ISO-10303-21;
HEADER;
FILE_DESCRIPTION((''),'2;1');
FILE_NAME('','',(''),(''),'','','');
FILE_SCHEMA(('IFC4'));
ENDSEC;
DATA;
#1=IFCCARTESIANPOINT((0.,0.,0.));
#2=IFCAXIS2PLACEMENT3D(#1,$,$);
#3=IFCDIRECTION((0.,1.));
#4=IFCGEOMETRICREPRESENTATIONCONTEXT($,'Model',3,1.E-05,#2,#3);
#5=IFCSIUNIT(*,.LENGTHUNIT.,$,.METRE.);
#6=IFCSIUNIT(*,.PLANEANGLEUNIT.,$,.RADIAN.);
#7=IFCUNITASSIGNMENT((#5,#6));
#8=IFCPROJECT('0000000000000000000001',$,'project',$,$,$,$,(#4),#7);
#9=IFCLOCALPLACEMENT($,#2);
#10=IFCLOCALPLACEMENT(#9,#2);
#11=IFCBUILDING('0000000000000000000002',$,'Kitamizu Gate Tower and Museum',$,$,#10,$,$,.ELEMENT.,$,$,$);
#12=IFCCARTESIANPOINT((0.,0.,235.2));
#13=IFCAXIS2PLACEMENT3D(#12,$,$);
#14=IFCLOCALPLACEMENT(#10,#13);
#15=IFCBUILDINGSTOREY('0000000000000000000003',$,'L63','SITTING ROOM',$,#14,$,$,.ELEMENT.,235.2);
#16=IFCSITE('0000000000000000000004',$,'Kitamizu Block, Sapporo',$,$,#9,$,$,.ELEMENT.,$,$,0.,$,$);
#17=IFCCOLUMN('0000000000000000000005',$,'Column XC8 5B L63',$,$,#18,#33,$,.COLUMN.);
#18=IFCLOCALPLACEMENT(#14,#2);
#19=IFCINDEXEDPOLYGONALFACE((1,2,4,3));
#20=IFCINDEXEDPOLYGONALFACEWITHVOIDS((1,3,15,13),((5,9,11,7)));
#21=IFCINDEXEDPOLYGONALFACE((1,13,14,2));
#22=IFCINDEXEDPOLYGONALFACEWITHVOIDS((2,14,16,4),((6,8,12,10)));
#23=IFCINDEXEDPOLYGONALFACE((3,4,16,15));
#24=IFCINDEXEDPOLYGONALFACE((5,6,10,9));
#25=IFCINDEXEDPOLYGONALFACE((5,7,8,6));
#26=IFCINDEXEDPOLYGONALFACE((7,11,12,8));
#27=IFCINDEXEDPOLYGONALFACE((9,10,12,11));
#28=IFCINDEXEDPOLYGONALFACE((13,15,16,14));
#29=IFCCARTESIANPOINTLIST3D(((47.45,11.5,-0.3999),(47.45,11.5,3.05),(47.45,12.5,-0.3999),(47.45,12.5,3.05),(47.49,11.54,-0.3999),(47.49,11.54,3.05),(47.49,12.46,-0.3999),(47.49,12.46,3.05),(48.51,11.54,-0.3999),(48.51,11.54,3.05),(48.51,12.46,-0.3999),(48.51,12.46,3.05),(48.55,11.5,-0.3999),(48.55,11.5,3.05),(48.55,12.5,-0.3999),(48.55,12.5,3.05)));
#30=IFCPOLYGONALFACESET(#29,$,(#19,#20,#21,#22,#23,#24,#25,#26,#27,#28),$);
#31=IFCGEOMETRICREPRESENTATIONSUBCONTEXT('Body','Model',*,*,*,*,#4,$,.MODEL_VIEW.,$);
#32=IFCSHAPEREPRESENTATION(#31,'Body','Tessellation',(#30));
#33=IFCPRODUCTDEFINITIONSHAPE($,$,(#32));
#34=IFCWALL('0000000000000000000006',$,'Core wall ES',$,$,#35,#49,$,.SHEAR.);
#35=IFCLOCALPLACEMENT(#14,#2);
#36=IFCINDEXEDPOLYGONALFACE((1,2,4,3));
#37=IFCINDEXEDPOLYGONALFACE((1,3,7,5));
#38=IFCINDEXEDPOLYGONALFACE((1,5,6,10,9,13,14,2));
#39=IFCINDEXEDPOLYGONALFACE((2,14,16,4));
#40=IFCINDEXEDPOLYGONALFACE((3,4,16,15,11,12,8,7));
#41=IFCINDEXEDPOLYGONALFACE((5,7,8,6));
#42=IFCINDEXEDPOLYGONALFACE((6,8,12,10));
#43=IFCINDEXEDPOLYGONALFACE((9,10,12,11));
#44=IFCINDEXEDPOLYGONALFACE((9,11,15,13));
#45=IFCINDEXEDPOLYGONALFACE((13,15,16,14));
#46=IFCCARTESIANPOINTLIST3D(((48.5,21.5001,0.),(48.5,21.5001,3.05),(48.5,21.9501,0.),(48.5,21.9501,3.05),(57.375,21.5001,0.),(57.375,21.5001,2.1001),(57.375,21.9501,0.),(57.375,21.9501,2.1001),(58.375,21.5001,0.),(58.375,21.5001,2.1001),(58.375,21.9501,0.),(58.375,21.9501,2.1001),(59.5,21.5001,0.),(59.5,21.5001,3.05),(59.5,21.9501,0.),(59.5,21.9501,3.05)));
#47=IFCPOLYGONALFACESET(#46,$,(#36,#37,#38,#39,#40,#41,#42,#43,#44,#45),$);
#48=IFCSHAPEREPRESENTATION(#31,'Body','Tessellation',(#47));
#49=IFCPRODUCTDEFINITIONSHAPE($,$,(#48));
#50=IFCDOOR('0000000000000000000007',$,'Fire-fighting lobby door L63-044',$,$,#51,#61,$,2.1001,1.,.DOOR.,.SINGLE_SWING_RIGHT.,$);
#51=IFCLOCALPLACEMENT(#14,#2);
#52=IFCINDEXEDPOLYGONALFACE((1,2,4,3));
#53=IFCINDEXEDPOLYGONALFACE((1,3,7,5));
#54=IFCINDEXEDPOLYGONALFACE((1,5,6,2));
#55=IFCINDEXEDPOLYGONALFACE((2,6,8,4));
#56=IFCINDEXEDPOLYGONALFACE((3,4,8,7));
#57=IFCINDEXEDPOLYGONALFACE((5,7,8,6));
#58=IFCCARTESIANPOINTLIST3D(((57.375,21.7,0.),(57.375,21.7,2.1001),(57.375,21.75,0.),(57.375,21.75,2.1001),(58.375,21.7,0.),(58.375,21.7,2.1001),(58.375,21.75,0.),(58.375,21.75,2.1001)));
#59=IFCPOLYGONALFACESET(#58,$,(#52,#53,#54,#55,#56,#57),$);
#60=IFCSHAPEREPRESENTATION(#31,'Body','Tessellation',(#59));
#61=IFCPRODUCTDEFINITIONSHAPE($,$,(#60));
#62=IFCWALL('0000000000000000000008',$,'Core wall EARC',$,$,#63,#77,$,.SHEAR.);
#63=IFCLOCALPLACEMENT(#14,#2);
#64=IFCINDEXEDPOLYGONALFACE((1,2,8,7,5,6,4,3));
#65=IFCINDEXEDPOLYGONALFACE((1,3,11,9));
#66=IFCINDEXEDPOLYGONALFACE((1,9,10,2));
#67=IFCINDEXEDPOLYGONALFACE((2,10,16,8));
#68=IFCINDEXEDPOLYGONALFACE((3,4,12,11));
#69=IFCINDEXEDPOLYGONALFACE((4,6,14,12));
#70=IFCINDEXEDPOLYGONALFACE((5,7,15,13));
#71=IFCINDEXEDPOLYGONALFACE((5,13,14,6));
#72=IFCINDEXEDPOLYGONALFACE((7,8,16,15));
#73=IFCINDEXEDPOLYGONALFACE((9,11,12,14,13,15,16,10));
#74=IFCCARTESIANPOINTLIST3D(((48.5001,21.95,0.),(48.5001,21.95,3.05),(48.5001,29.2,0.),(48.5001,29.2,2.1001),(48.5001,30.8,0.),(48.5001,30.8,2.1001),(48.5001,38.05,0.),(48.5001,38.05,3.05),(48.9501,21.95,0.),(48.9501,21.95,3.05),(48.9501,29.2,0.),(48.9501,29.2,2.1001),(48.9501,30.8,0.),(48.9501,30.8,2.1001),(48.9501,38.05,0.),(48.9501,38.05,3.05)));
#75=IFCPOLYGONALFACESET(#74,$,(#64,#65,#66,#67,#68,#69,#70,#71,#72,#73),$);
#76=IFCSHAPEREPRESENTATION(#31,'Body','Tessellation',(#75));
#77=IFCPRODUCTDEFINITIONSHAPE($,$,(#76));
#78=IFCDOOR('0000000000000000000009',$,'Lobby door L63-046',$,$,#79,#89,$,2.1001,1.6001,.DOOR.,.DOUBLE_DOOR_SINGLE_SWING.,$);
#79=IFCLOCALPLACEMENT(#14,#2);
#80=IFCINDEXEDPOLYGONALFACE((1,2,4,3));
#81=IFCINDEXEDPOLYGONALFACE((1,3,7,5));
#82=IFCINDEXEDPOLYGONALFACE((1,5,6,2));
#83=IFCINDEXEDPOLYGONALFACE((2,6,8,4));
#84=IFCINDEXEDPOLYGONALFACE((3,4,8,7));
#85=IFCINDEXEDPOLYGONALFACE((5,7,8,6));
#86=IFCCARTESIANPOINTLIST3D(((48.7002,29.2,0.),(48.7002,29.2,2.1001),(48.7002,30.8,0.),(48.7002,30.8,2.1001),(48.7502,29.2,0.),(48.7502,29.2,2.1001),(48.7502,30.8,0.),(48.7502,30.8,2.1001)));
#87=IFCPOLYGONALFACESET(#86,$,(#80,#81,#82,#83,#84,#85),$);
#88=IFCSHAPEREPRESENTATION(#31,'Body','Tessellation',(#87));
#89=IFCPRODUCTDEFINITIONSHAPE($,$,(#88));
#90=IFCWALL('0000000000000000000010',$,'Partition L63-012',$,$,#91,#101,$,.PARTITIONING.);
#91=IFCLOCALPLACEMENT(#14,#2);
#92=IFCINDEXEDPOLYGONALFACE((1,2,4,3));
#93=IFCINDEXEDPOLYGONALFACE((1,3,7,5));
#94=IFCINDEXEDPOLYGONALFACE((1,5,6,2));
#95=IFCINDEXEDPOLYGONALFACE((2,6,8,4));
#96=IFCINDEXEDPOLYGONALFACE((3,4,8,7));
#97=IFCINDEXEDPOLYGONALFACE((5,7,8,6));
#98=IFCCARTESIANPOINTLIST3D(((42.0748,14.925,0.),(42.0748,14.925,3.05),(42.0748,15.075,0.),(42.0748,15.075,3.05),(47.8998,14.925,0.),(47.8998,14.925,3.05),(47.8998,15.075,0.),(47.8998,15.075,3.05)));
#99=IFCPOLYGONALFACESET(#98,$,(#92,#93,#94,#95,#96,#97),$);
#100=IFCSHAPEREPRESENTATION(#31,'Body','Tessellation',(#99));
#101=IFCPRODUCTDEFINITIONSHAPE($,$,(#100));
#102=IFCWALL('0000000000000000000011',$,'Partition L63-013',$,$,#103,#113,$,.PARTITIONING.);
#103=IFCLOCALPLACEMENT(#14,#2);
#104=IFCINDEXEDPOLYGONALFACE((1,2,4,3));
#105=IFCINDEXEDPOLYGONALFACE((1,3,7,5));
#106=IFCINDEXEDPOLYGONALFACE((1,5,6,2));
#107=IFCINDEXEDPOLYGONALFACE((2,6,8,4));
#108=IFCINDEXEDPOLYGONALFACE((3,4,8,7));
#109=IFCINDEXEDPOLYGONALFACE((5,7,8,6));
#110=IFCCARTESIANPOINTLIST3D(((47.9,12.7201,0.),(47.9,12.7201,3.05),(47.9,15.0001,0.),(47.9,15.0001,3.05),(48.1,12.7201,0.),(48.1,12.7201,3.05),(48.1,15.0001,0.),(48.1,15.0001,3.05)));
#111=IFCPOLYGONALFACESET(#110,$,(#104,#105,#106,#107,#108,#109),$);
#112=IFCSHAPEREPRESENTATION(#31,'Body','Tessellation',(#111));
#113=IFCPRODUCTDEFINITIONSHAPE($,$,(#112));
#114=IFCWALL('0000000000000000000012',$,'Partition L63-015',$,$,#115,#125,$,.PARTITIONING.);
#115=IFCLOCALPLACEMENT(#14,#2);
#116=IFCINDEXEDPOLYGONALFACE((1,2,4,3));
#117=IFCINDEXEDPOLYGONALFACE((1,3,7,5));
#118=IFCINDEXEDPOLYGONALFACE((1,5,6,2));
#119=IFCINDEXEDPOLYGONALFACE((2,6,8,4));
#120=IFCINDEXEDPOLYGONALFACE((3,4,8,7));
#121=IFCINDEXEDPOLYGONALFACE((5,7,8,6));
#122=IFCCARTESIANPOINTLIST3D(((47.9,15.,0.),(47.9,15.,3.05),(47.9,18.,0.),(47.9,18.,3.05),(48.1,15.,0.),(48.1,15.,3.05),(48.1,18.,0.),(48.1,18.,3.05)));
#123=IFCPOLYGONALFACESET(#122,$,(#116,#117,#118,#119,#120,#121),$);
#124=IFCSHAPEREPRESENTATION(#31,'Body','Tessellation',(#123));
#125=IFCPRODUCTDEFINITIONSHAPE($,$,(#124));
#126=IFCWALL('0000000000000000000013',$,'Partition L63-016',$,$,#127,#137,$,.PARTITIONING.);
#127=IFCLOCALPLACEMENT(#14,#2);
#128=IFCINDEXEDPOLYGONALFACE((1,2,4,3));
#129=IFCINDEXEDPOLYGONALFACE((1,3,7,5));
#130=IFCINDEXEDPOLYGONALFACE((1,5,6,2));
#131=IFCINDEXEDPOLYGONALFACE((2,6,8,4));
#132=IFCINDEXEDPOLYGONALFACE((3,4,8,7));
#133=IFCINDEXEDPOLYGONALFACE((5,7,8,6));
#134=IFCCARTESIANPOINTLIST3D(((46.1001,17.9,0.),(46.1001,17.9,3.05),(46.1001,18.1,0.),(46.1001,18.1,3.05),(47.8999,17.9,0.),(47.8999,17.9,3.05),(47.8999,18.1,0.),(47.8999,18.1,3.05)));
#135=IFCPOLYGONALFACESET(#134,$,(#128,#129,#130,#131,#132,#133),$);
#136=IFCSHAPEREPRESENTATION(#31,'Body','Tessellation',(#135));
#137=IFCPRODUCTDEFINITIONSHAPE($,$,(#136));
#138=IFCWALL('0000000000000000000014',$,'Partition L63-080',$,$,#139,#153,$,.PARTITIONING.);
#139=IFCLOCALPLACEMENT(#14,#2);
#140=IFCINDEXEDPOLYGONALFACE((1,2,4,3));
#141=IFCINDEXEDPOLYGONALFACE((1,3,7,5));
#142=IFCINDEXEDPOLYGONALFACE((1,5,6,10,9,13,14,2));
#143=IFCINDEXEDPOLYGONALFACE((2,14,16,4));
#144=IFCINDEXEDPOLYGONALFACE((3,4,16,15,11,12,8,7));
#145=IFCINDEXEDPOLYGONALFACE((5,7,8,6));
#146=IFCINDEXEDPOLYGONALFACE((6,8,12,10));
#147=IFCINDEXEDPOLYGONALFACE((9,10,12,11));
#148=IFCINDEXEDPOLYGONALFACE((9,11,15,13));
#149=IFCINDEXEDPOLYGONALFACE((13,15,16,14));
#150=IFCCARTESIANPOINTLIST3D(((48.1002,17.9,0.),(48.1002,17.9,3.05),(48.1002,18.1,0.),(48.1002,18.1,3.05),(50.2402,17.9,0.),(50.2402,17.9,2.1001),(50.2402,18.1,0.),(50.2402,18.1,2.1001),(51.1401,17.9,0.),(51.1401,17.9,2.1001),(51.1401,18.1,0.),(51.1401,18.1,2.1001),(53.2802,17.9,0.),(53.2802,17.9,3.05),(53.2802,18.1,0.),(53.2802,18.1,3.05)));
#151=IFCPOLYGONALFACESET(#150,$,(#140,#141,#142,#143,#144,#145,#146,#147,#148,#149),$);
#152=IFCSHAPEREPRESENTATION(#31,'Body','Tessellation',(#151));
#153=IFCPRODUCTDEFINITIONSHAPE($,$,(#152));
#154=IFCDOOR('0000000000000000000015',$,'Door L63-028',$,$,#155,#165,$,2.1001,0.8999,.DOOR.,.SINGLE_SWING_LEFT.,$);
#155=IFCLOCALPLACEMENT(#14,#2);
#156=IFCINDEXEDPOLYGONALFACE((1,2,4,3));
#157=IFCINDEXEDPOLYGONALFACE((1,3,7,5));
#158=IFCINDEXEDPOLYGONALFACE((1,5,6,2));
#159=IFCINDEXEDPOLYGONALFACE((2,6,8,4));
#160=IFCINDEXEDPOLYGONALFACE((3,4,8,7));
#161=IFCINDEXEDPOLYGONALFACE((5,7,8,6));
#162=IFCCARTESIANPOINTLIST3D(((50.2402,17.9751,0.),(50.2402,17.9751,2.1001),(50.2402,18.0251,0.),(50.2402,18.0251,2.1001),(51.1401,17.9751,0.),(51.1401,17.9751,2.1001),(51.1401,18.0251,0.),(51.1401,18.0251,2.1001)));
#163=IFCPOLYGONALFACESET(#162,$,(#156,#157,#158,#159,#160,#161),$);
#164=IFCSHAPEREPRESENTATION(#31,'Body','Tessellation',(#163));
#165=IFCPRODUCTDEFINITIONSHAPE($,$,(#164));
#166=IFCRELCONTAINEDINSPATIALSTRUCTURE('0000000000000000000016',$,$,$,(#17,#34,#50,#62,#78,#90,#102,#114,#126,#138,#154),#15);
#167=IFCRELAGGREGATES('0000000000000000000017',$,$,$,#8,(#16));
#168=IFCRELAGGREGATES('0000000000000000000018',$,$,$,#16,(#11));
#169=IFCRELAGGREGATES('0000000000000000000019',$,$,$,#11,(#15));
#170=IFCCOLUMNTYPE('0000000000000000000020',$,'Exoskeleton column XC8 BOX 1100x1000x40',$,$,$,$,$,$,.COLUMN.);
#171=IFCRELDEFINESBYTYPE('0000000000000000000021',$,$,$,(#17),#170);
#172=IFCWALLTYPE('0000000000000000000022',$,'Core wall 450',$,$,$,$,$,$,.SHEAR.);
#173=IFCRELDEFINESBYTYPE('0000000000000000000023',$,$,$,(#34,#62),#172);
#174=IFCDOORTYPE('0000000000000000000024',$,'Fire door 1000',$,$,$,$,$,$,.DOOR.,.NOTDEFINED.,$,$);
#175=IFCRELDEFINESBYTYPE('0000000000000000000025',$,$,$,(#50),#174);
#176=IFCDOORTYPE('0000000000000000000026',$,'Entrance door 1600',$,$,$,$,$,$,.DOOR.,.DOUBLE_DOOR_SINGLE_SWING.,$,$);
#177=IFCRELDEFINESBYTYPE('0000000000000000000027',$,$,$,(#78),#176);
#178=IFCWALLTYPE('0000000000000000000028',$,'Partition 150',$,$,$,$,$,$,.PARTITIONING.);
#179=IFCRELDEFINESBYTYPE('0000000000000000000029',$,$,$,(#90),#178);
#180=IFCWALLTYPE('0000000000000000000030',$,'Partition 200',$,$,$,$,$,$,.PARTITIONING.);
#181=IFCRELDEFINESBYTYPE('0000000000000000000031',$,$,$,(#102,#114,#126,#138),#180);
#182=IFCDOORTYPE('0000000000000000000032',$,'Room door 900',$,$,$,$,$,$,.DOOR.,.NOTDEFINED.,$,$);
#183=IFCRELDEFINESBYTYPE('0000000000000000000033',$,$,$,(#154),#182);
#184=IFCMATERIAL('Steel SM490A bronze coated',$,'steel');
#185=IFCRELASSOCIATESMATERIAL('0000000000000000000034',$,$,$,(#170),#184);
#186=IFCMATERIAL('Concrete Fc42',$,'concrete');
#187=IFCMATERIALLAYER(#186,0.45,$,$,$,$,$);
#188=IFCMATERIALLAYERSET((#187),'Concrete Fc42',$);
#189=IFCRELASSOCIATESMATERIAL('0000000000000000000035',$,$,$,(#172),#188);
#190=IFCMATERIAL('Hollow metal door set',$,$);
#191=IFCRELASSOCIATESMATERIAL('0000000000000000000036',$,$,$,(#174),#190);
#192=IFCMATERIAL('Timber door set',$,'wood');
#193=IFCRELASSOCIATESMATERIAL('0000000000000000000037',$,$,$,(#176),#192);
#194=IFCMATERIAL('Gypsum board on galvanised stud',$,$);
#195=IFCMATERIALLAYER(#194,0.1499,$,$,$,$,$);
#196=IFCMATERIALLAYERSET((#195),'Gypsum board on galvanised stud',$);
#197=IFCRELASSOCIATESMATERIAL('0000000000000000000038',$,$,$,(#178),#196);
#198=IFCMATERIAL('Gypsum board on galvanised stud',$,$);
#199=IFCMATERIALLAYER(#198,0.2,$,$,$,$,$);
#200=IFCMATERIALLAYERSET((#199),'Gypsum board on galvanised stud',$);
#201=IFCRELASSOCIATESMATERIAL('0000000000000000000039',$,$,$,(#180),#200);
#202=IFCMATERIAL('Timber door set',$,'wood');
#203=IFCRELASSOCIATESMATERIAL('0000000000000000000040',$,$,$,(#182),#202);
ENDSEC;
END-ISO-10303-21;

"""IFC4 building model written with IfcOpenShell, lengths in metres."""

from ifc_helpers import new_model, si_unit, direction, frame, frame_2d, origin, origin_2d, place, context, subcontext, project, spatial, rectangle, hollow_rectangle, extrude, material, layer, layer_set, material_profile, profile_set, type_object, element, fill, save


model = new_model("IFC4")

# Units and contexts
model_context = context("Model", 3, precision=1e-05, world=origin(), true_north=direction((0.0, 1.0)))
body_context = subcontext(model_context, "Body", "Model", "MODEL_VIEW")
ifc_project = project(units=[si_unit("LENGTHUNIT", "METRE"), si_unit("PLANEANGLEUNIT", "RADIAN")], contexts=[model_context])

# Site, building, storey
site_placement = place(None, origin())
site = spatial("IfcSite", under=ifc_project, at=site_placement, Name="Kitamizu Block, Sapporo", CompositionType="ELEMENT", RefElevation=0.0)
building_placement = place(site_placement, origin())
building = spatial("IfcBuilding", under=site, at=building_placement, Name="Kitamizu Gate Tower and Museum", CompositionType="ELEMENT")
storey_placement = place(building_placement, frame((0.0, 0.0, 235.2)))
storey = spatial("IfcBuildingStorey", under=building, at=storey_placement, Name="L63", Description="SITTING ROOM", CompositionType="ELEMENT", Elevation=235.2)

# Column
ifc_material_1 = material(Name="Steel SM490A bronze coated", Category="steel")
ifc_material_profile = material_profile(ifc_material_1, hollow_rectangle(XDim=1.1001, YDim=1.0, WallThickness=0.04, at=origin_2d()), Name="BOX 1100x1000x40")
ifc_profile_set = profile_set([ifc_material_profile], Name="Steel SM490A bronze coated")
column_type = type_object("IfcColumnType", Name="Exoskeleton column XC8 BOX 1100x1000x40", PredefinedType="COLUMN", material=ifc_profile_set)
column_placement = place(storey_placement, frame((48.0, 12.0, -0.3999), z_axis=(0.0, 0.0, 1.0), x_axis=(1.0, 0.0, 0.0)))
element("IfcColumn", 1, at=column_placement, inside=storey, type_object=column_type, Name="Column XC8 5B L63", PredefinedType="COLUMN", context=body_context, shape_type="SweptSolid", body=[
    extrude(hollow_rectangle(XDim=1.1001, YDim=1.0, WallThickness=0.04, at=origin_2d()), origin(), (0.0, 0.0, 1.0), 3.45),
])

# Walls, openings, doors
ifc_material_2 = material(Name="Concrete Fc42", Category="concrete")
ifc_layer_1 = layer(ifc_material_2, 0.45)
ifc_layer_set_1 = layer_set([ifc_layer_1], Name="Concrete Fc42")
wall_type_1 = type_object("IfcWallType", Name="Core wall 450", PredefinedType="SHEAR", material=ifc_layer_set_1)
wall_1_placement = place(storey_placement, frame((59.5, 21.7251, 0.0), z_axis=(0.0, 0.0, 1.0), x_axis=(-1.0, 0.0, 0.0)))
wall_1 = element("IfcWall", 2, at=wall_1_placement, inside=storey, type_object=wall_type_1, Name="Core wall ES", PredefinedType="SHEAR", context=body_context, shape_type="SweptSolid", body=[
    extrude(rectangle(XDim=11.0, YDim=0.45, at=frame_2d((5.5, 0.0))), origin(), (0.0, 0.0, 1.0), 3.05),
])
opening_1_placement = place(wall_1_placement, frame((1.125, 0.0, 0.0)))
opening_1 = element("IfcOpeningElement", 3, at=opening_1_placement, cuts=wall_1, PredefinedType="OPENING", context=body_context, shape_type="SweptSolid", body=[
    extrude(rectangle(XDim=1.0, YDim=2.1001, at=frame_2d((0.5, 1.05))), frame((0.0, 0.2349, 0.0), z_axis=(0.0, -1.0, 0.0), x_axis=(1.0, 0.0, 0.0)), (0.0, 0.0, 1.0), 0.47),
])
ifc_material_3 = material(Name="Hollow metal door set")
door_type_1 = type_object("IfcDoorType", Name="Fire door 1000", OperationType="NOTDEFINED", PredefinedType="DOOR", material=ifc_material_3)
door_1_placement = place(opening_1_placement, frame((1.0, 0.0, 0.0), x_axis=(-1.0, 0.0, 0.0)))
door_1 = element("IfcDoor", 4, at=door_1_placement, inside=storey, type_object=door_type_1, Name="Fire-fighting lobby door L63-044", OperationType="SINGLE_SWING_RIGHT", OverallHeight=2.1001, OverallWidth=1.0, PredefinedType="DOOR", context=body_context, shape_type="SweptSolid", body=[
    extrude(rectangle(XDim=1.0, YDim=2.1001, at=frame_2d((0.5, 1.05))), frame((0.0, 0.0249, 0.0), z_axis=(0.0, -1.0, 0.0), x_axis=(1.0, 0.0, 0.0)), (0.0, 0.0, 1.0), 0.05),
])
fill(opening_1, door_1)
wall_2_placement = place(storey_placement, frame((48.7251, 21.95, 0.0), z_axis=(0.0, 0.0, 1.0), x_axis=(0.0, 1.0, 0.0)))
wall_2 = element("IfcWall", 5, at=wall_2_placement, inside=storey, type_object=wall_type_1, Name="Core wall EARC", PredefinedType="SHEAR", context=body_context, shape_type="SweptSolid", body=[
    extrude(rectangle(XDim=16.1001, YDim=0.45, at=frame_2d((8.05, 0.0))), origin(), (0.0, 0.0, 1.0), 3.05),
])
opening_2_placement = place(wall_2_placement, frame((7.25, 0.0, 0.0)))
opening_2 = element("IfcOpeningElement", 6, at=opening_2_placement, cuts=wall_2, PredefinedType="OPENING", context=body_context, shape_type="SweptSolid", body=[
    extrude(rectangle(XDim=1.6001, YDim=2.1001, at=frame_2d((0.8, 1.05))), frame((0.0, 0.2349, 0.0), z_axis=(0.0, -1.0, 0.0), x_axis=(1.0, 0.0, 0.0)), (0.0, 0.0, 1.0), 0.47),
])
ifc_material_4 = material(Name="Timber door set", Category="wood")
door_type_2 = type_object("IfcDoorType", Name="Entrance door 1600", OperationType="DOUBLE_DOOR_SINGLE_SWING", PredefinedType="DOOR", material=ifc_material_4)
door_2_placement = place(opening_2_placement, origin())
door_2 = element("IfcDoor", 7, at=door_2_placement, inside=storey, type_object=door_type_2, Name="Lobby door L63-046", OperationType="DOUBLE_DOOR_SINGLE_SWING", OverallHeight=2.1001, OverallWidth=1.6001, PredefinedType="DOOR", context=body_context, shape_type="SweptSolid", body=[
    extrude(rectangle(XDim=1.6001, YDim=2.1001, at=frame_2d((0.8, 1.05))), frame((0.0, 0.0249, 0.0), z_axis=(0.0, -1.0, 0.0), x_axis=(1.0, 0.0, 0.0)), (0.0, 0.0, 1.0), 0.05),
])
fill(opening_2, door_2)

# Walls
ifc_material_5 = material(Name="Gypsum board on galvanised stud")
ifc_layer_2 = layer(ifc_material_5, 0.1499)
ifc_layer_set_2 = layer_set([ifc_layer_2], Name="Gypsum board on galvanised stud")
wall_type_2 = type_object("IfcWallType", Name="Partition 150", PredefinedType="PARTITIONING", material=ifc_layer_set_2)
wall_3_placement = place(storey_placement, frame((47.8999, 15.0, 0.0), z_axis=(0.0, 0.0, 1.0), x_axis=(-1.0, 0.0, 0.0)))
element("IfcWall", 8, at=wall_3_placement, inside=storey, type_object=wall_type_2, Name="Partition L63-012", PredefinedType="PARTITIONING", context=body_context, shape_type="SweptSolid", body=[
    extrude(rectangle(XDim=5.825, YDim=0.1499, at=frame_2d((2.9126, 0.0))), origin(), (0.0, 0.0, 1.0), 3.05),
])
ifc_material_6 = material(Name="Gypsum board on galvanised stud")
ifc_layer_3 = layer(ifc_material_6, 0.2)
ifc_layer_set_3 = layer_set([ifc_layer_3], Name="Gypsum board on galvanised stud")
wall_type_3 = type_object("IfcWallType", Name="Partition 200", PredefinedType="PARTITIONING", material=ifc_layer_set_3)
wall_4_placement = place(storey_placement, frame((48.0, 12.72, 0.0), z_axis=(0.0, 0.0, 1.0), x_axis=(0.0, 1.0, 0.0)))
element("IfcWall", 9, at=wall_4_placement, inside=storey, type_object=wall_type_3, Name="Partition L63-013", PredefinedType="PARTITIONING", context=body_context, shape_type="SweptSolid", body=[
    extrude(rectangle(XDim=2.28, YDim=0.2, at=frame_2d((1.1401, 0.0))), origin(), (0.0, 0.0, 1.0), 3.05),
])
wall_5_placement = place(storey_placement, frame((48.0, 15.0, 0.0), z_axis=(0.0, 0.0, 1.0), x_axis=(0.0, 1.0, 0.0)))
element("IfcWall", 10, at=wall_5_placement, inside=storey, type_object=wall_type_3, Name="Partition L63-015", PredefinedType="PARTITIONING", context=body_context, shape_type="SweptSolid", body=[
    extrude(rectangle(XDim=3.0, YDim=0.2, at=frame_2d((1.5, 0.0))), origin(), (0.0, 0.0, 1.0), 3.05),
])
wall_6_placement = place(storey_placement, frame((47.8999, 18.0, 0.0), z_axis=(0.0, 0.0, 1.0), x_axis=(-1.0, 0.0, 0.0)))
element("IfcWall", 11, at=wall_6_placement, inside=storey, type_object=wall_type_3, Name="Partition L63-016", PredefinedType="PARTITIONING", context=body_context, shape_type="SweptSolid", body=[
    extrude(rectangle(XDim=1.7998, YDim=0.2, at=frame_2d((0.8999, 0.0))), origin(), (0.0, 0.0, 1.0), 3.05),
])

# Wall, opening, door
wall_7_placement = place(storey_placement, frame((53.28, 18.0, 0.0), z_axis=(0.0, 0.0, 1.0), x_axis=(-1.0, 0.0, 0.0)))
wall_7 = element("IfcWall", 12, at=wall_7_placement, inside=storey, type_object=wall_type_3, Name="Partition L63-080", PredefinedType="PARTITIONING", context=body_context, shape_type="SweptSolid", body=[
    extrude(rectangle(XDim=5.1799, YDim=0.2, at=frame_2d((2.5898, 0.0))), origin(), (0.0, 0.0, 1.0), 3.05),
])
opening_3_placement = place(wall_7_placement, frame((2.1399, 0.0, 0.0)))
opening_3 = element("IfcOpeningElement", 13, at=opening_3_placement, cuts=wall_7, PredefinedType="OPENING", context=body_context, shape_type="SweptSolid", body=[
    extrude(rectangle(XDim=0.8999, YDim=2.1001, at=frame_2d((0.45, 1.05))), frame((0.0, 0.1099, 0.0), z_axis=(0.0, -1.0, 0.0), x_axis=(1.0, 0.0, 0.0)), (0.0, 0.0, 1.0), 0.22),
])
ifc_material_7 = material(Name="Timber door set", Category="wood")
door_type_3 = type_object("IfcDoorType", Name="Room door 900", OperationType="NOTDEFINED", PredefinedType="DOOR", material=ifc_material_7)
door_3_placement = place(opening_3_placement, origin())
door_3 = element("IfcDoor", 14, at=door_3_placement, inside=storey, type_object=door_type_3, Name="Door L63-028", OperationType="SINGLE_SWING_LEFT", OverallHeight=2.1001, OverallWidth=0.8999, PredefinedType="DOOR", context=body_context, shape_type="SweptSolid", body=[
    extrude(rectangle(XDim=0.8999, YDim=2.1001, at=frame_2d((0.45, 1.05))), frame((0.0, 0.0249, 0.0), z_axis=(0.0, -1.0, 0.0), x_axis=(1.0, 0.0, 0.0)), (0.0, 0.0, 1.0), 0.05),
])
fill(opening_3, door_3)

save(model, "model.ifc")
